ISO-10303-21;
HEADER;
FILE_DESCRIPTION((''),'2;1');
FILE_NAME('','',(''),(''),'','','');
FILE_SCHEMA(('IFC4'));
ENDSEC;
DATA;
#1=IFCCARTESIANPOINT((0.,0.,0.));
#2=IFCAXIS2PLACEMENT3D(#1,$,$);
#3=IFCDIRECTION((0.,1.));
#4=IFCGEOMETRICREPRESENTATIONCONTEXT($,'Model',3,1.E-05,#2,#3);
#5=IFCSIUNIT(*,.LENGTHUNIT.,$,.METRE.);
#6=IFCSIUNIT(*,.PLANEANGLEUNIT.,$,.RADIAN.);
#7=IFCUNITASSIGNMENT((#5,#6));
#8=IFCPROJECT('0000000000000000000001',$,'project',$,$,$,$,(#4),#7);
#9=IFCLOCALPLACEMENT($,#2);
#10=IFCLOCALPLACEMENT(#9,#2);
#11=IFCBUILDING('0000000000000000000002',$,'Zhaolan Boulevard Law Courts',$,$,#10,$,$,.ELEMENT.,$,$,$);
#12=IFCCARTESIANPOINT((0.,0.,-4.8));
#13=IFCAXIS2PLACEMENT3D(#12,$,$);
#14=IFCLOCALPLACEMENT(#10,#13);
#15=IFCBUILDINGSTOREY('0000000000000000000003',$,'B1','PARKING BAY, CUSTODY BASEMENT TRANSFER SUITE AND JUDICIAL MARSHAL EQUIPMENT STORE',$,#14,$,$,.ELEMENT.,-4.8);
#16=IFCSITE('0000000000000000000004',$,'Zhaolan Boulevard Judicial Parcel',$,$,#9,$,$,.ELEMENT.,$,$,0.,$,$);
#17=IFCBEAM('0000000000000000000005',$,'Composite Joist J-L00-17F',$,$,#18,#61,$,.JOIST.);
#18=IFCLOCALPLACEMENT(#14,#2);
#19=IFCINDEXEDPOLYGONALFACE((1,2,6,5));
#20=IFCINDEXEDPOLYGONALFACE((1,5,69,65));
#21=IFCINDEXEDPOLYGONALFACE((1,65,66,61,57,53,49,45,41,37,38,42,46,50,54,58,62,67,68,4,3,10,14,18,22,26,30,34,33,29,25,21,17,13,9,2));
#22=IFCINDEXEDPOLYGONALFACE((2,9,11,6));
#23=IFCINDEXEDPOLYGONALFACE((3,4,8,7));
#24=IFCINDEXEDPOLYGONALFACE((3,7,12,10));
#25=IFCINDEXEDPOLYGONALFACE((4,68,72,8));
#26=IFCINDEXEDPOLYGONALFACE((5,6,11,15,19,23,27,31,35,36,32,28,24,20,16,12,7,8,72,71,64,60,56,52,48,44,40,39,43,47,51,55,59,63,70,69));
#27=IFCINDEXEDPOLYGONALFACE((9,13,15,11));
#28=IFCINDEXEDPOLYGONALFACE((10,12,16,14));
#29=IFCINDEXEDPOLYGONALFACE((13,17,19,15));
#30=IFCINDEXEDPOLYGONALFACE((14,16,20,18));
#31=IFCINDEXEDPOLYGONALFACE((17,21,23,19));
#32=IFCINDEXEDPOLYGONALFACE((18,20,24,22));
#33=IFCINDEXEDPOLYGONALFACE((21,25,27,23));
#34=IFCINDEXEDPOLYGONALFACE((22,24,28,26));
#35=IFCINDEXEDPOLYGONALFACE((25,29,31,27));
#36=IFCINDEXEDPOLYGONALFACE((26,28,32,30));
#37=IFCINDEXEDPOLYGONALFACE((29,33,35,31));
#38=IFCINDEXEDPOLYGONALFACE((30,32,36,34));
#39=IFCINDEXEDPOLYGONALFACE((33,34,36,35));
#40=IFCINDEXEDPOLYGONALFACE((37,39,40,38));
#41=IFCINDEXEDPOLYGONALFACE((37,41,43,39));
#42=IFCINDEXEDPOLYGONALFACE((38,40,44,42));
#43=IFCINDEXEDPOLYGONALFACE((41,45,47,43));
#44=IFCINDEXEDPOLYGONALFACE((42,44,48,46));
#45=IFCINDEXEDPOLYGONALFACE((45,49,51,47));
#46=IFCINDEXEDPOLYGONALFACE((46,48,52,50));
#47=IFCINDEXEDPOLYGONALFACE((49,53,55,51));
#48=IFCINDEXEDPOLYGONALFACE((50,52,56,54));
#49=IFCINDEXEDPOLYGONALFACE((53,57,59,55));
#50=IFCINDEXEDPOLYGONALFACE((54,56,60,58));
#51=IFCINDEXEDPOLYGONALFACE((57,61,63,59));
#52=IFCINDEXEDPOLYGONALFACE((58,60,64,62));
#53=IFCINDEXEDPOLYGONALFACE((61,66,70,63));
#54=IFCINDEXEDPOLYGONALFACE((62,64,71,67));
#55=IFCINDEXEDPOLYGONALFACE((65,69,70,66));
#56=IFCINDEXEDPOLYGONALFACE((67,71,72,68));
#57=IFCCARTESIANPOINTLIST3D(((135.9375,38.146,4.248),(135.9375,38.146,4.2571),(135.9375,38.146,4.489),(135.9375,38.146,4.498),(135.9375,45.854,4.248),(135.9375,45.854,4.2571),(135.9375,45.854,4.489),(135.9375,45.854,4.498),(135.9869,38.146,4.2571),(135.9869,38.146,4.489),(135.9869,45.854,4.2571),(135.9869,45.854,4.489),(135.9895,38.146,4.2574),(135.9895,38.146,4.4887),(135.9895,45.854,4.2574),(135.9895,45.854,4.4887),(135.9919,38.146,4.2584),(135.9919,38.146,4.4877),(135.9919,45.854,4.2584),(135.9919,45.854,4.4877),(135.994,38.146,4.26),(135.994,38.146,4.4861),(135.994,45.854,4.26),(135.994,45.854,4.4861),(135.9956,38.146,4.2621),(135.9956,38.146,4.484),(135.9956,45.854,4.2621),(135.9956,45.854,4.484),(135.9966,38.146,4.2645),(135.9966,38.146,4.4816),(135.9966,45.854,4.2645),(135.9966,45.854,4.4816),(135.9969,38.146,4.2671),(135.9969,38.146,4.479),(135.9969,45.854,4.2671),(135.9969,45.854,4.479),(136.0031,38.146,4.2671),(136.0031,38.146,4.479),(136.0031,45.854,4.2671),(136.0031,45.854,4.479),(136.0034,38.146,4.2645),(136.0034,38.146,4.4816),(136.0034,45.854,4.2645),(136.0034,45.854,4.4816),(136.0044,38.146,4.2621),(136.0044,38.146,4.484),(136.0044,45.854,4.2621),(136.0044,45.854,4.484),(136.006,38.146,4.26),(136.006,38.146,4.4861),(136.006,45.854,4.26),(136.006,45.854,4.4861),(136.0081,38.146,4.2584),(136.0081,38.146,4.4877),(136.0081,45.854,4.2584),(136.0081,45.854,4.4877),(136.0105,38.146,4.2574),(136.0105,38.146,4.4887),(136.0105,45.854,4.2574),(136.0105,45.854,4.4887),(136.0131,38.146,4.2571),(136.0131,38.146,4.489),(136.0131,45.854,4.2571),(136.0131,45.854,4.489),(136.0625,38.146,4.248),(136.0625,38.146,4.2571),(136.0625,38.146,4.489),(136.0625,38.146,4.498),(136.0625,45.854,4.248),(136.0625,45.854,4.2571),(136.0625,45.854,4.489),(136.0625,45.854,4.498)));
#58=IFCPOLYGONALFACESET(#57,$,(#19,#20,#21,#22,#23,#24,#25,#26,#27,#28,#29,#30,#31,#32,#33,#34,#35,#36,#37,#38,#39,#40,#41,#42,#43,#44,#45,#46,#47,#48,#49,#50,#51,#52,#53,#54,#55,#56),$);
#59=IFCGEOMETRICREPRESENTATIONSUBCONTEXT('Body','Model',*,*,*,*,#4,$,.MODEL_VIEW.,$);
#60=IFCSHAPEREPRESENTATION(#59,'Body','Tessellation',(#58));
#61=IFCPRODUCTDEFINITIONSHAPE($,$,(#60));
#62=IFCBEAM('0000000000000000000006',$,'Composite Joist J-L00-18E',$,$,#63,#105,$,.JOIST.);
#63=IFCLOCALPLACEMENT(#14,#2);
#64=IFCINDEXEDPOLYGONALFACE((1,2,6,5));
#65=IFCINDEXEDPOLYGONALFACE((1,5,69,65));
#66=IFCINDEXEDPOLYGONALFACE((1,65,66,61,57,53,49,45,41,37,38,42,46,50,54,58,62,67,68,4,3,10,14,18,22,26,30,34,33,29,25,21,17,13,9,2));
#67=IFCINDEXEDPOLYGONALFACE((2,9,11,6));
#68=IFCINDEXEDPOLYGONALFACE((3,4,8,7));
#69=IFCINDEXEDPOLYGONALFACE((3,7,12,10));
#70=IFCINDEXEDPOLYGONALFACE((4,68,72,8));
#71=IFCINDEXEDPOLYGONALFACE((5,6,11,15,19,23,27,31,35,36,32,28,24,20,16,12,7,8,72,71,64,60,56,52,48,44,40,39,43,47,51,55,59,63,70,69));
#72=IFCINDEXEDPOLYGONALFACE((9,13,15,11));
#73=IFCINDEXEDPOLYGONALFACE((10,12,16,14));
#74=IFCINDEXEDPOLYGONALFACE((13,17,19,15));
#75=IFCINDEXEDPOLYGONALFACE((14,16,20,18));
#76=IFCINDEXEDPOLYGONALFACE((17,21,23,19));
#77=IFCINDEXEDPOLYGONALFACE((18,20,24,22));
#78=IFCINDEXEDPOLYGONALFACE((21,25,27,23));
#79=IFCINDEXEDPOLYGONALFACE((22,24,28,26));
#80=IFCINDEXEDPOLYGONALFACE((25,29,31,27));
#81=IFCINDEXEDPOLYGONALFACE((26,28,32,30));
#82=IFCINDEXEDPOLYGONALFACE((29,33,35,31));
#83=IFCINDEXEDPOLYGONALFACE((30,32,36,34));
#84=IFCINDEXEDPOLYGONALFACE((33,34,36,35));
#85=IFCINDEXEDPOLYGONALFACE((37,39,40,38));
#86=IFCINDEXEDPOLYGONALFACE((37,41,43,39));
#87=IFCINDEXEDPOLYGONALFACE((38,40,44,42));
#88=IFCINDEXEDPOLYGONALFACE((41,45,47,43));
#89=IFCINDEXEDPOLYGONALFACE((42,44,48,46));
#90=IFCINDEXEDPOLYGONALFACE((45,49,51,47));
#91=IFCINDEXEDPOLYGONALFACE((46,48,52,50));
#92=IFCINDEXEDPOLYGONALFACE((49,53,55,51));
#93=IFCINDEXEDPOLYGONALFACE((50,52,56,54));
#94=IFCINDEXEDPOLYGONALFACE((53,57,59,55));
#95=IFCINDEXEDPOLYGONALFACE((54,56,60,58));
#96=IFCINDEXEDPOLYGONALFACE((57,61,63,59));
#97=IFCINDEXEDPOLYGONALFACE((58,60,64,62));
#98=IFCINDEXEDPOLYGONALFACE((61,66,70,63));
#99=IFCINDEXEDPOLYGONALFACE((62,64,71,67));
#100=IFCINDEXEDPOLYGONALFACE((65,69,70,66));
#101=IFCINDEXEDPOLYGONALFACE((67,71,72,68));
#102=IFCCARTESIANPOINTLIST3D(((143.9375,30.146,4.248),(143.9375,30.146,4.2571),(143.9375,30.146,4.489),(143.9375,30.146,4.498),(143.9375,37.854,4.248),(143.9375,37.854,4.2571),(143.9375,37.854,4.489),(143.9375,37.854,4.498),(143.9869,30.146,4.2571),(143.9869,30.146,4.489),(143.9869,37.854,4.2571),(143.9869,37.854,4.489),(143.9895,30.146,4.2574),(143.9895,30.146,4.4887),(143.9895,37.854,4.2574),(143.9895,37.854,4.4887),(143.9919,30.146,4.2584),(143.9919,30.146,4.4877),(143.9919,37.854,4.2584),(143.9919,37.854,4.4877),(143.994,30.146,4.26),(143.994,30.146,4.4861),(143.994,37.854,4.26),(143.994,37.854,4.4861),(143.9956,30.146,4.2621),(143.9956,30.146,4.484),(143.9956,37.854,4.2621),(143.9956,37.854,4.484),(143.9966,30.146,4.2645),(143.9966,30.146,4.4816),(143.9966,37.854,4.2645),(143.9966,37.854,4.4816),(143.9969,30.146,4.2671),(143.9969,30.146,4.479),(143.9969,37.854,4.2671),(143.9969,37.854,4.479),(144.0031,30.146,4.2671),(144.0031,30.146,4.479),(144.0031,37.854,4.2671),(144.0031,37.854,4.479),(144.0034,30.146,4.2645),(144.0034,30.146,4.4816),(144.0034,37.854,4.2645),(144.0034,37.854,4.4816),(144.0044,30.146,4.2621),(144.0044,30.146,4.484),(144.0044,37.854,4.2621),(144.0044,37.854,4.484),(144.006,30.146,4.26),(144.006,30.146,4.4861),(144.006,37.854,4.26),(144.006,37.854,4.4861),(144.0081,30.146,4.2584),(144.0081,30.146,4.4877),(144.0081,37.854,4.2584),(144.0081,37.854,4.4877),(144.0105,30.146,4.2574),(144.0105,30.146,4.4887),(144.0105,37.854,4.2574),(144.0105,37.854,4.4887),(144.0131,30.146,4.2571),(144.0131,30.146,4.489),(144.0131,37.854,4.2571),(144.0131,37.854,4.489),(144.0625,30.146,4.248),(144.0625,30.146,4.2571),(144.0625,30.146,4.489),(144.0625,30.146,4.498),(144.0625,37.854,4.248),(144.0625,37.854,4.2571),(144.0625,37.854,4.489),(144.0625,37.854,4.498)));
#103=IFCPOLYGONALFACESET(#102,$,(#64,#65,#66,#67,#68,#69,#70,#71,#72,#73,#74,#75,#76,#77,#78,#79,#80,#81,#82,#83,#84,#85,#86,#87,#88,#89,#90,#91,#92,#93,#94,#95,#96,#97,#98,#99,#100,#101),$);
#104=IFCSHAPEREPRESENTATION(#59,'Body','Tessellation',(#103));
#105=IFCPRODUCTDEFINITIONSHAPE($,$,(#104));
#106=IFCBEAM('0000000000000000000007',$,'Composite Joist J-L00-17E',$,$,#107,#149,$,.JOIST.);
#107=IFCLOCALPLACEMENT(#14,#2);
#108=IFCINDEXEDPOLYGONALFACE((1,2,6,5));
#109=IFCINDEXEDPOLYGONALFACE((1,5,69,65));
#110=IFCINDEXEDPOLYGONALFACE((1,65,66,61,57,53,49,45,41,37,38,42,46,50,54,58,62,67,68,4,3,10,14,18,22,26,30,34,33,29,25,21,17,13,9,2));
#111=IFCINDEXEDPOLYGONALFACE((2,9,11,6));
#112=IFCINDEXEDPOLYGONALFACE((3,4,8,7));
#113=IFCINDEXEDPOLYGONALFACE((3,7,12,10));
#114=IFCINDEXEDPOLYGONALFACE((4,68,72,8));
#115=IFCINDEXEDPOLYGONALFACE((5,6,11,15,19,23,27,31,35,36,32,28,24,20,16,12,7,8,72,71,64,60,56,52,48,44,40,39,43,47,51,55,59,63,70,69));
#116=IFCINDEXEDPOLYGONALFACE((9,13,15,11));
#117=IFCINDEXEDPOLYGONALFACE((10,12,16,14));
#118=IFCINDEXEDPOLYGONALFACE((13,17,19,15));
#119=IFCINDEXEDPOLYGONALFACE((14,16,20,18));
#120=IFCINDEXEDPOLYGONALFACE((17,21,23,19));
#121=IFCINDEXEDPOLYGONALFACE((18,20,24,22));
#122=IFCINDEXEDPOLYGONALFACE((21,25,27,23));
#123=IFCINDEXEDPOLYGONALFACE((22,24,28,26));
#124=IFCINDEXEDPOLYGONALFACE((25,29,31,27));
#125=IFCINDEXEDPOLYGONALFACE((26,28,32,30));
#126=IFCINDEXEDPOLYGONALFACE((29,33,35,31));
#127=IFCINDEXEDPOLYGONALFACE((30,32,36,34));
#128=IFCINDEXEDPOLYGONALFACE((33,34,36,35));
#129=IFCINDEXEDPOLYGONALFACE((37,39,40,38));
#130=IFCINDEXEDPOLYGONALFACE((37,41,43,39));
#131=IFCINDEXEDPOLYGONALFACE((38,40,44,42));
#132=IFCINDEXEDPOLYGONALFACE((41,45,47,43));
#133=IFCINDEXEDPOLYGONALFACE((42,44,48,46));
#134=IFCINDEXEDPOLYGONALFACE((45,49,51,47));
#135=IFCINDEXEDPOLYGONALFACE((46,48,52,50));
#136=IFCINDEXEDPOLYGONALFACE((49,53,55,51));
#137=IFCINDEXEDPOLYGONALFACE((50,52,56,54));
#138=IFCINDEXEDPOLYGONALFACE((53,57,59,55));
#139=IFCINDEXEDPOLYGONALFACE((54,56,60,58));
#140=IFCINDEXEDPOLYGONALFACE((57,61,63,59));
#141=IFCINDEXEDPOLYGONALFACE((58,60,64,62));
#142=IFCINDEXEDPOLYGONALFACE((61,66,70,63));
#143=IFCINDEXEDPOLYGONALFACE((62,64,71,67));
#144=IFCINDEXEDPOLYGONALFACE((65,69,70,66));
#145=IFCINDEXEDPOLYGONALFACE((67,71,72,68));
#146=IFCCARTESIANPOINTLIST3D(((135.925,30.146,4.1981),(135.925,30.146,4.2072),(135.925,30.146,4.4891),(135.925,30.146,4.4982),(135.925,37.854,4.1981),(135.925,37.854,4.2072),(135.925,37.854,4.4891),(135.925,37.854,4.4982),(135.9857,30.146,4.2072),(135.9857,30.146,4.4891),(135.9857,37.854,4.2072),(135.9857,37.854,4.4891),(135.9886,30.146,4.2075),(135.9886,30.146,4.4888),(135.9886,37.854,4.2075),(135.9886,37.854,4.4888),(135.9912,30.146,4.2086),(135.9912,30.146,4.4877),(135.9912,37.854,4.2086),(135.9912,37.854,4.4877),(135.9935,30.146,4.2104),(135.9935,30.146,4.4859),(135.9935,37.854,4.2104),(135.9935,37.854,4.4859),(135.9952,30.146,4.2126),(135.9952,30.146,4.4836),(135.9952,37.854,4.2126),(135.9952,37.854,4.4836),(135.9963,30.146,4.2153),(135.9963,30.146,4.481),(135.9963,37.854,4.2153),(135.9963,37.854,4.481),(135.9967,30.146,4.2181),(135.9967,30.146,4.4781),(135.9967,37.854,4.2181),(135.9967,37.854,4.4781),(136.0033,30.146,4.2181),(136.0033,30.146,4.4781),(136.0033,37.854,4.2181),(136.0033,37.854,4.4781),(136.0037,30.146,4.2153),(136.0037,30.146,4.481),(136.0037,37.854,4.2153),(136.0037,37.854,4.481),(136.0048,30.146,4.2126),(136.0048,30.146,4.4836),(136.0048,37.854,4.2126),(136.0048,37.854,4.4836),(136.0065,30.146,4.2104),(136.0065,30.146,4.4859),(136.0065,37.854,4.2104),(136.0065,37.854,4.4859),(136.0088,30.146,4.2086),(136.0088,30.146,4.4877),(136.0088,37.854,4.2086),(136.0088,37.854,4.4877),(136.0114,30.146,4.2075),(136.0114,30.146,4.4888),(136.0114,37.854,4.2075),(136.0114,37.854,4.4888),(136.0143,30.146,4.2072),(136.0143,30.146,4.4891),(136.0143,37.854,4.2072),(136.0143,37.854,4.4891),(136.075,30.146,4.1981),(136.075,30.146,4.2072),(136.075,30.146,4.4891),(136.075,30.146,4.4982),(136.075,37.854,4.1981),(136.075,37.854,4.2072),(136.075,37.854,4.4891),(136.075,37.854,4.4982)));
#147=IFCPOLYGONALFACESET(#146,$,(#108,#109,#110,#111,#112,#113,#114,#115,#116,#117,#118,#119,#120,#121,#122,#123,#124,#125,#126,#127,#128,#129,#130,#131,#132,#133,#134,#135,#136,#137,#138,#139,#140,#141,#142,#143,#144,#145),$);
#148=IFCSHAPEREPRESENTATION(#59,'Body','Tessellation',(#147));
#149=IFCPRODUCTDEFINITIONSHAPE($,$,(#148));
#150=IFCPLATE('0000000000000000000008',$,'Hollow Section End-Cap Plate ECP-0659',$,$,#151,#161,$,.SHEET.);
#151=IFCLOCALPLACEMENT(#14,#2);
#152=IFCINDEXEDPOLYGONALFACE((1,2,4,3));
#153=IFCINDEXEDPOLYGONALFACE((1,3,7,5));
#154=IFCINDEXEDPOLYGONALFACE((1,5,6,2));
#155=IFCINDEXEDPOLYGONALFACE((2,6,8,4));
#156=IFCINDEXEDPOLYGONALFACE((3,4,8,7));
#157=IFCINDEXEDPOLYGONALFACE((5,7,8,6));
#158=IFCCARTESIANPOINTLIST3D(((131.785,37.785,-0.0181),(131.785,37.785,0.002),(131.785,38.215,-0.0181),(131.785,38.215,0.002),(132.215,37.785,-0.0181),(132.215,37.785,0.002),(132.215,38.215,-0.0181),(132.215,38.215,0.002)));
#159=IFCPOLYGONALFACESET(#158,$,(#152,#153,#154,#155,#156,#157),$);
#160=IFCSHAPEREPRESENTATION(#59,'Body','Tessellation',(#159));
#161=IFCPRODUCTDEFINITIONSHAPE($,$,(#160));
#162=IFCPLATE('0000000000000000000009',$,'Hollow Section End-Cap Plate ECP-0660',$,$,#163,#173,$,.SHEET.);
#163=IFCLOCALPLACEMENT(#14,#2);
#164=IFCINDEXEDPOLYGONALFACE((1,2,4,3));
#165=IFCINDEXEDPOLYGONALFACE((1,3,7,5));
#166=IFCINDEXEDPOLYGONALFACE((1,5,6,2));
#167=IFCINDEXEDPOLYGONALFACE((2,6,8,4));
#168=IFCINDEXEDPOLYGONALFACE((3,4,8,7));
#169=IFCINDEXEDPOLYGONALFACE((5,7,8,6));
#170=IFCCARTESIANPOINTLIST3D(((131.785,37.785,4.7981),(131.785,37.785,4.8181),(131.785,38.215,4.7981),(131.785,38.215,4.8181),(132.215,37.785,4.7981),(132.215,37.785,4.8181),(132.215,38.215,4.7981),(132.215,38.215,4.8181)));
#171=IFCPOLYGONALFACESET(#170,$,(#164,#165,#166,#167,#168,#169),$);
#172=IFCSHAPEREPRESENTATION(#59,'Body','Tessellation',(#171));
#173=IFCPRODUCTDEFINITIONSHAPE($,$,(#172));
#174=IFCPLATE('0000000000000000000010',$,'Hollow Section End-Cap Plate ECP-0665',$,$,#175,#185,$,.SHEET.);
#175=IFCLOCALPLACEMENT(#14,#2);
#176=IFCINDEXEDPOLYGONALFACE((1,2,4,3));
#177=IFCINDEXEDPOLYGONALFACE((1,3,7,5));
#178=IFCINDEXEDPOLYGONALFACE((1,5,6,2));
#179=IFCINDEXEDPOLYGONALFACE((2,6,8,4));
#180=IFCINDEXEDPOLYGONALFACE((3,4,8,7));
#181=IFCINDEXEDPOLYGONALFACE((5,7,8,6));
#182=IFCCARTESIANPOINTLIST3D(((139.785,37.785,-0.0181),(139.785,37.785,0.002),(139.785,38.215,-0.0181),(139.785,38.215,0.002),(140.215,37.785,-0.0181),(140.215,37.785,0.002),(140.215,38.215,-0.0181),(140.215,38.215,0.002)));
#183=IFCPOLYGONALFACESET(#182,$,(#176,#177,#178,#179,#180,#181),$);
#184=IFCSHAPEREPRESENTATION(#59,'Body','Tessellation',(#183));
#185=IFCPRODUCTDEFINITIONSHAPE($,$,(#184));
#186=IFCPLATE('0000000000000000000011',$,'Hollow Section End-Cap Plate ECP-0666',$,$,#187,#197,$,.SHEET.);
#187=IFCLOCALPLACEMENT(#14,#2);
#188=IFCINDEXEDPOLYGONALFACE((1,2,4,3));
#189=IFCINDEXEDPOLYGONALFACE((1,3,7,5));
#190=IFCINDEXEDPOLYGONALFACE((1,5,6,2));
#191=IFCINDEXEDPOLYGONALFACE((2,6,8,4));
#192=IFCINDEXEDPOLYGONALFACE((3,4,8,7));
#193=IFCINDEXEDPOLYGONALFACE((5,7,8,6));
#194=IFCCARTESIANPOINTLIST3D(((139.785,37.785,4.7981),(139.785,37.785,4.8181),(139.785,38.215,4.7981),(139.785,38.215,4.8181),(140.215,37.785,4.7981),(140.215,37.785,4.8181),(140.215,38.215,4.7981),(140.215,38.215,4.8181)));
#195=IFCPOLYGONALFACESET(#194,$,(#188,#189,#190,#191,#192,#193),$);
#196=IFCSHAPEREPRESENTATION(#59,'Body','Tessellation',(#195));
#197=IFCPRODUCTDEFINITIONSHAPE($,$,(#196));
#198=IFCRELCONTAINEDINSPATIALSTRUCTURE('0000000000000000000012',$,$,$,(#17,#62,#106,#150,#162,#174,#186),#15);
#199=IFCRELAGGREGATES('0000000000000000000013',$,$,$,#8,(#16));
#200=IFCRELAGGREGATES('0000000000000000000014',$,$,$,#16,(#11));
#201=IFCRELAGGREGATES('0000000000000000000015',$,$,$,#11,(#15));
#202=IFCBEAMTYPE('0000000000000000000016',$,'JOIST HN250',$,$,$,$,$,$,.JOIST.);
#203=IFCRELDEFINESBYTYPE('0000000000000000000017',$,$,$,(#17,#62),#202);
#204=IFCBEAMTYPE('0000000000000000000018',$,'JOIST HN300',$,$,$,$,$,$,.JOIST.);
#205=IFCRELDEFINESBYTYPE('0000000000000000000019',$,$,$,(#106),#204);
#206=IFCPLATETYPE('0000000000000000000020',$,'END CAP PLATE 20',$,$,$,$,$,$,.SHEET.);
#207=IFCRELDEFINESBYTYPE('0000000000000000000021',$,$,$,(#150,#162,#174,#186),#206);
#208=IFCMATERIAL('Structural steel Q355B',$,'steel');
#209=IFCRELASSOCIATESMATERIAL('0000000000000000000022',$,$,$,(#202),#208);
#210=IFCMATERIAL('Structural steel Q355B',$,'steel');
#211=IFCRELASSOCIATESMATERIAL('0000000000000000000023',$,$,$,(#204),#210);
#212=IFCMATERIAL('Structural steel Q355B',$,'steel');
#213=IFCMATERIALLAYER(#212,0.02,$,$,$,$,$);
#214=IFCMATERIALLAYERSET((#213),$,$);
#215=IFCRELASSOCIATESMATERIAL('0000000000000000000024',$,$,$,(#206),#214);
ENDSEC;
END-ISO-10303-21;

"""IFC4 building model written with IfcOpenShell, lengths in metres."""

from ifc_helpers import new_model, si_unit, direction, frame, origin, origin_2d, place, context, subcontext, project, spatial, rectangle, i_section, extrude, material, layer, layer_set, material_profile, profile_set, type_object, element, save


model = new_model("IFC4")

# Units and contexts
model_context = context("Model", 3, precision=1e-05, world=origin(), true_north=direction((0.0, 1.0)))
body_context = subcontext(model_context, "Body", "Model", "MODEL_VIEW")
ifc_project = project(units=[si_unit("LENGTHUNIT", "METRE"), si_unit("PLANEANGLEUNIT", "RADIAN")], contexts=[model_context])

# Site, building, storey
site_placement = place(None, origin())
site = spatial("IfcSite", under=ifc_project, at=site_placement, Name="Zhaolan Boulevard Judicial Parcel", CompositionType="ELEMENT", RefElevation=0.0)
building_placement = place(site_placement, origin())
building = spatial("IfcBuilding", under=site, at=building_placement, Name="Zhaolan Boulevard Law Courts", CompositionType="ELEMENT")
storey_placement = place(building_placement, frame((0.0, 0.0, -4.8)))
storey = spatial("IfcBuildingStorey", under=building, at=storey_placement, Name="B1", Description="PARKING BAY, CUSTODY BASEMENT TRANSFER SUITE AND JUDICIAL MARSHAL EQUIPMENT STORE", CompositionType="ELEMENT", Elevation=-4.8)

# Beams
ifc_material_1 = material(Name="Structural steel Q355B", Category="steel")
ifc_material_profile_1 = material_profile(ifc_material_1, i_section(OverallWidth=0.125, OverallDepth=0.25, WebThickness=0.0061, FlangeThickness=0.009, FilletRadius=0.01, at=origin_2d()), Name="HN250x125")
ifc_profile_set_1 = profile_set([ifc_material_profile_1], Name="Structural steel Q355B")
beam_type_1 = type_object("IfcBeamType", Name="JOIST HN250", PredefinedType="JOIST", material=ifc_profile_set_1)
for number, where, z_axis, x_axis, name in (
    (1, (136.0, 38.146, 4.373), (0.0, 1.0, 0.0), (-1.0, 0.0, 0.0), "Composite Joist J-L00-17F"),
    (2, (144.0, 30.146, 4.373), (0.0, 1.0, 0.0), (-1.0, 0.0, 0.0), "Composite Joist J-L00-18E"),
):
    element("IfcBeam", number, at=place(storey_placement, frame(where, z_axis=z_axis, x_axis=x_axis)), inside=storey, type_object=beam_type_1, Name=name, PredefinedType="JOIST", context=body_context, shape_type="SweptSolid", body=[
        extrude(i_section(OverallWidth=0.125, OverallDepth=0.25, WebThickness=0.0061, FlangeThickness=0.009, FilletRadius=0.01, at=origin_2d()), origin(), (0.0, 0.0, 1.0), 7.708),
    ])
ifc_material_2 = material(Name="Structural steel Q355B", Category="steel")
ifc_material_profile_2 = material_profile(ifc_material_2, i_section(OverallWidth=0.1499, OverallDepth=0.3, WebThickness=0.0066, FlangeThickness=0.009, FilletRadius=0.011, at=origin_2d()), Name="HN300x150")
ifc_profile_set_2 = profile_set([ifc_material_profile_2], Name="Structural steel Q355B")
beam_type_2 = type_object("IfcBeamType", Name="JOIST HN300", PredefinedType="JOIST", material=ifc_profile_set_2)
beam_1_placement = place(storey_placement, frame((136.0, 30.146, 4.3481), z_axis=(0.0, 1.0, 0.0), x_axis=(-1.0, 0.0, 0.0)))
element("IfcBeam", 3, at=beam_1_placement, inside=storey, type_object=beam_type_2, Name="Composite Joist J-L00-17E", PredefinedType="JOIST", context=body_context, shape_type="SweptSolid", body=[
    extrude(i_section(OverallWidth=0.1499, OverallDepth=0.3, WebThickness=0.0066, FlangeThickness=0.009, FilletRadius=0.011, at=origin_2d()), origin(), (0.0, 0.0, 1.0), 7.708),
])

# Plates
ifc_material_3 = material(Name="Structural steel Q355B", Category="steel")
ifc_layer = layer(ifc_material_3, 0.02)
ifc_layer_set = layer_set([ifc_layer])
plate_type = type_object("IfcPlateType", Name="END CAP PLATE 20", PredefinedType="SHEET", material=ifc_layer_set)
for number, where, z_axis, x_axis, name in (
    (4, (132.0, 38.0, -0.0181), (0.0, 0.0, 1.0), (1.0, 0.0, 0.0), "Hollow Section End-Cap Plate ECP-0659"),
    (5, (132.0, 38.0, 4.7981), (0.0, 0.0, 1.0), (1.0, 0.0, 0.0), "Hollow Section End-Cap Plate ECP-0660"),
    (6, (140.0, 38.0, -0.0181), (0.0, 0.0, 1.0), (1.0, 0.0, 0.0), "Hollow Section End-Cap Plate ECP-0665"),
    (7, (140.0, 38.0, 4.7981), (0.0, 0.0, 1.0), (1.0, 0.0, 0.0), "Hollow Section End-Cap Plate ECP-0666"),
):
    element("IfcPlate", number, at=place(storey_placement, frame(where, z_axis=z_axis, x_axis=x_axis)), inside=storey, type_object=plate_type, Name=name, PredefinedType="SHEET", context=body_context, shape_type="SweptSolid", body=[
        extrude(rectangle(XDim=0.4299, YDim=0.4299, at=origin_2d()), origin(), (0.0, 0.0, 1.0), 0.02),
    ])

save(model, "model.ifc")
